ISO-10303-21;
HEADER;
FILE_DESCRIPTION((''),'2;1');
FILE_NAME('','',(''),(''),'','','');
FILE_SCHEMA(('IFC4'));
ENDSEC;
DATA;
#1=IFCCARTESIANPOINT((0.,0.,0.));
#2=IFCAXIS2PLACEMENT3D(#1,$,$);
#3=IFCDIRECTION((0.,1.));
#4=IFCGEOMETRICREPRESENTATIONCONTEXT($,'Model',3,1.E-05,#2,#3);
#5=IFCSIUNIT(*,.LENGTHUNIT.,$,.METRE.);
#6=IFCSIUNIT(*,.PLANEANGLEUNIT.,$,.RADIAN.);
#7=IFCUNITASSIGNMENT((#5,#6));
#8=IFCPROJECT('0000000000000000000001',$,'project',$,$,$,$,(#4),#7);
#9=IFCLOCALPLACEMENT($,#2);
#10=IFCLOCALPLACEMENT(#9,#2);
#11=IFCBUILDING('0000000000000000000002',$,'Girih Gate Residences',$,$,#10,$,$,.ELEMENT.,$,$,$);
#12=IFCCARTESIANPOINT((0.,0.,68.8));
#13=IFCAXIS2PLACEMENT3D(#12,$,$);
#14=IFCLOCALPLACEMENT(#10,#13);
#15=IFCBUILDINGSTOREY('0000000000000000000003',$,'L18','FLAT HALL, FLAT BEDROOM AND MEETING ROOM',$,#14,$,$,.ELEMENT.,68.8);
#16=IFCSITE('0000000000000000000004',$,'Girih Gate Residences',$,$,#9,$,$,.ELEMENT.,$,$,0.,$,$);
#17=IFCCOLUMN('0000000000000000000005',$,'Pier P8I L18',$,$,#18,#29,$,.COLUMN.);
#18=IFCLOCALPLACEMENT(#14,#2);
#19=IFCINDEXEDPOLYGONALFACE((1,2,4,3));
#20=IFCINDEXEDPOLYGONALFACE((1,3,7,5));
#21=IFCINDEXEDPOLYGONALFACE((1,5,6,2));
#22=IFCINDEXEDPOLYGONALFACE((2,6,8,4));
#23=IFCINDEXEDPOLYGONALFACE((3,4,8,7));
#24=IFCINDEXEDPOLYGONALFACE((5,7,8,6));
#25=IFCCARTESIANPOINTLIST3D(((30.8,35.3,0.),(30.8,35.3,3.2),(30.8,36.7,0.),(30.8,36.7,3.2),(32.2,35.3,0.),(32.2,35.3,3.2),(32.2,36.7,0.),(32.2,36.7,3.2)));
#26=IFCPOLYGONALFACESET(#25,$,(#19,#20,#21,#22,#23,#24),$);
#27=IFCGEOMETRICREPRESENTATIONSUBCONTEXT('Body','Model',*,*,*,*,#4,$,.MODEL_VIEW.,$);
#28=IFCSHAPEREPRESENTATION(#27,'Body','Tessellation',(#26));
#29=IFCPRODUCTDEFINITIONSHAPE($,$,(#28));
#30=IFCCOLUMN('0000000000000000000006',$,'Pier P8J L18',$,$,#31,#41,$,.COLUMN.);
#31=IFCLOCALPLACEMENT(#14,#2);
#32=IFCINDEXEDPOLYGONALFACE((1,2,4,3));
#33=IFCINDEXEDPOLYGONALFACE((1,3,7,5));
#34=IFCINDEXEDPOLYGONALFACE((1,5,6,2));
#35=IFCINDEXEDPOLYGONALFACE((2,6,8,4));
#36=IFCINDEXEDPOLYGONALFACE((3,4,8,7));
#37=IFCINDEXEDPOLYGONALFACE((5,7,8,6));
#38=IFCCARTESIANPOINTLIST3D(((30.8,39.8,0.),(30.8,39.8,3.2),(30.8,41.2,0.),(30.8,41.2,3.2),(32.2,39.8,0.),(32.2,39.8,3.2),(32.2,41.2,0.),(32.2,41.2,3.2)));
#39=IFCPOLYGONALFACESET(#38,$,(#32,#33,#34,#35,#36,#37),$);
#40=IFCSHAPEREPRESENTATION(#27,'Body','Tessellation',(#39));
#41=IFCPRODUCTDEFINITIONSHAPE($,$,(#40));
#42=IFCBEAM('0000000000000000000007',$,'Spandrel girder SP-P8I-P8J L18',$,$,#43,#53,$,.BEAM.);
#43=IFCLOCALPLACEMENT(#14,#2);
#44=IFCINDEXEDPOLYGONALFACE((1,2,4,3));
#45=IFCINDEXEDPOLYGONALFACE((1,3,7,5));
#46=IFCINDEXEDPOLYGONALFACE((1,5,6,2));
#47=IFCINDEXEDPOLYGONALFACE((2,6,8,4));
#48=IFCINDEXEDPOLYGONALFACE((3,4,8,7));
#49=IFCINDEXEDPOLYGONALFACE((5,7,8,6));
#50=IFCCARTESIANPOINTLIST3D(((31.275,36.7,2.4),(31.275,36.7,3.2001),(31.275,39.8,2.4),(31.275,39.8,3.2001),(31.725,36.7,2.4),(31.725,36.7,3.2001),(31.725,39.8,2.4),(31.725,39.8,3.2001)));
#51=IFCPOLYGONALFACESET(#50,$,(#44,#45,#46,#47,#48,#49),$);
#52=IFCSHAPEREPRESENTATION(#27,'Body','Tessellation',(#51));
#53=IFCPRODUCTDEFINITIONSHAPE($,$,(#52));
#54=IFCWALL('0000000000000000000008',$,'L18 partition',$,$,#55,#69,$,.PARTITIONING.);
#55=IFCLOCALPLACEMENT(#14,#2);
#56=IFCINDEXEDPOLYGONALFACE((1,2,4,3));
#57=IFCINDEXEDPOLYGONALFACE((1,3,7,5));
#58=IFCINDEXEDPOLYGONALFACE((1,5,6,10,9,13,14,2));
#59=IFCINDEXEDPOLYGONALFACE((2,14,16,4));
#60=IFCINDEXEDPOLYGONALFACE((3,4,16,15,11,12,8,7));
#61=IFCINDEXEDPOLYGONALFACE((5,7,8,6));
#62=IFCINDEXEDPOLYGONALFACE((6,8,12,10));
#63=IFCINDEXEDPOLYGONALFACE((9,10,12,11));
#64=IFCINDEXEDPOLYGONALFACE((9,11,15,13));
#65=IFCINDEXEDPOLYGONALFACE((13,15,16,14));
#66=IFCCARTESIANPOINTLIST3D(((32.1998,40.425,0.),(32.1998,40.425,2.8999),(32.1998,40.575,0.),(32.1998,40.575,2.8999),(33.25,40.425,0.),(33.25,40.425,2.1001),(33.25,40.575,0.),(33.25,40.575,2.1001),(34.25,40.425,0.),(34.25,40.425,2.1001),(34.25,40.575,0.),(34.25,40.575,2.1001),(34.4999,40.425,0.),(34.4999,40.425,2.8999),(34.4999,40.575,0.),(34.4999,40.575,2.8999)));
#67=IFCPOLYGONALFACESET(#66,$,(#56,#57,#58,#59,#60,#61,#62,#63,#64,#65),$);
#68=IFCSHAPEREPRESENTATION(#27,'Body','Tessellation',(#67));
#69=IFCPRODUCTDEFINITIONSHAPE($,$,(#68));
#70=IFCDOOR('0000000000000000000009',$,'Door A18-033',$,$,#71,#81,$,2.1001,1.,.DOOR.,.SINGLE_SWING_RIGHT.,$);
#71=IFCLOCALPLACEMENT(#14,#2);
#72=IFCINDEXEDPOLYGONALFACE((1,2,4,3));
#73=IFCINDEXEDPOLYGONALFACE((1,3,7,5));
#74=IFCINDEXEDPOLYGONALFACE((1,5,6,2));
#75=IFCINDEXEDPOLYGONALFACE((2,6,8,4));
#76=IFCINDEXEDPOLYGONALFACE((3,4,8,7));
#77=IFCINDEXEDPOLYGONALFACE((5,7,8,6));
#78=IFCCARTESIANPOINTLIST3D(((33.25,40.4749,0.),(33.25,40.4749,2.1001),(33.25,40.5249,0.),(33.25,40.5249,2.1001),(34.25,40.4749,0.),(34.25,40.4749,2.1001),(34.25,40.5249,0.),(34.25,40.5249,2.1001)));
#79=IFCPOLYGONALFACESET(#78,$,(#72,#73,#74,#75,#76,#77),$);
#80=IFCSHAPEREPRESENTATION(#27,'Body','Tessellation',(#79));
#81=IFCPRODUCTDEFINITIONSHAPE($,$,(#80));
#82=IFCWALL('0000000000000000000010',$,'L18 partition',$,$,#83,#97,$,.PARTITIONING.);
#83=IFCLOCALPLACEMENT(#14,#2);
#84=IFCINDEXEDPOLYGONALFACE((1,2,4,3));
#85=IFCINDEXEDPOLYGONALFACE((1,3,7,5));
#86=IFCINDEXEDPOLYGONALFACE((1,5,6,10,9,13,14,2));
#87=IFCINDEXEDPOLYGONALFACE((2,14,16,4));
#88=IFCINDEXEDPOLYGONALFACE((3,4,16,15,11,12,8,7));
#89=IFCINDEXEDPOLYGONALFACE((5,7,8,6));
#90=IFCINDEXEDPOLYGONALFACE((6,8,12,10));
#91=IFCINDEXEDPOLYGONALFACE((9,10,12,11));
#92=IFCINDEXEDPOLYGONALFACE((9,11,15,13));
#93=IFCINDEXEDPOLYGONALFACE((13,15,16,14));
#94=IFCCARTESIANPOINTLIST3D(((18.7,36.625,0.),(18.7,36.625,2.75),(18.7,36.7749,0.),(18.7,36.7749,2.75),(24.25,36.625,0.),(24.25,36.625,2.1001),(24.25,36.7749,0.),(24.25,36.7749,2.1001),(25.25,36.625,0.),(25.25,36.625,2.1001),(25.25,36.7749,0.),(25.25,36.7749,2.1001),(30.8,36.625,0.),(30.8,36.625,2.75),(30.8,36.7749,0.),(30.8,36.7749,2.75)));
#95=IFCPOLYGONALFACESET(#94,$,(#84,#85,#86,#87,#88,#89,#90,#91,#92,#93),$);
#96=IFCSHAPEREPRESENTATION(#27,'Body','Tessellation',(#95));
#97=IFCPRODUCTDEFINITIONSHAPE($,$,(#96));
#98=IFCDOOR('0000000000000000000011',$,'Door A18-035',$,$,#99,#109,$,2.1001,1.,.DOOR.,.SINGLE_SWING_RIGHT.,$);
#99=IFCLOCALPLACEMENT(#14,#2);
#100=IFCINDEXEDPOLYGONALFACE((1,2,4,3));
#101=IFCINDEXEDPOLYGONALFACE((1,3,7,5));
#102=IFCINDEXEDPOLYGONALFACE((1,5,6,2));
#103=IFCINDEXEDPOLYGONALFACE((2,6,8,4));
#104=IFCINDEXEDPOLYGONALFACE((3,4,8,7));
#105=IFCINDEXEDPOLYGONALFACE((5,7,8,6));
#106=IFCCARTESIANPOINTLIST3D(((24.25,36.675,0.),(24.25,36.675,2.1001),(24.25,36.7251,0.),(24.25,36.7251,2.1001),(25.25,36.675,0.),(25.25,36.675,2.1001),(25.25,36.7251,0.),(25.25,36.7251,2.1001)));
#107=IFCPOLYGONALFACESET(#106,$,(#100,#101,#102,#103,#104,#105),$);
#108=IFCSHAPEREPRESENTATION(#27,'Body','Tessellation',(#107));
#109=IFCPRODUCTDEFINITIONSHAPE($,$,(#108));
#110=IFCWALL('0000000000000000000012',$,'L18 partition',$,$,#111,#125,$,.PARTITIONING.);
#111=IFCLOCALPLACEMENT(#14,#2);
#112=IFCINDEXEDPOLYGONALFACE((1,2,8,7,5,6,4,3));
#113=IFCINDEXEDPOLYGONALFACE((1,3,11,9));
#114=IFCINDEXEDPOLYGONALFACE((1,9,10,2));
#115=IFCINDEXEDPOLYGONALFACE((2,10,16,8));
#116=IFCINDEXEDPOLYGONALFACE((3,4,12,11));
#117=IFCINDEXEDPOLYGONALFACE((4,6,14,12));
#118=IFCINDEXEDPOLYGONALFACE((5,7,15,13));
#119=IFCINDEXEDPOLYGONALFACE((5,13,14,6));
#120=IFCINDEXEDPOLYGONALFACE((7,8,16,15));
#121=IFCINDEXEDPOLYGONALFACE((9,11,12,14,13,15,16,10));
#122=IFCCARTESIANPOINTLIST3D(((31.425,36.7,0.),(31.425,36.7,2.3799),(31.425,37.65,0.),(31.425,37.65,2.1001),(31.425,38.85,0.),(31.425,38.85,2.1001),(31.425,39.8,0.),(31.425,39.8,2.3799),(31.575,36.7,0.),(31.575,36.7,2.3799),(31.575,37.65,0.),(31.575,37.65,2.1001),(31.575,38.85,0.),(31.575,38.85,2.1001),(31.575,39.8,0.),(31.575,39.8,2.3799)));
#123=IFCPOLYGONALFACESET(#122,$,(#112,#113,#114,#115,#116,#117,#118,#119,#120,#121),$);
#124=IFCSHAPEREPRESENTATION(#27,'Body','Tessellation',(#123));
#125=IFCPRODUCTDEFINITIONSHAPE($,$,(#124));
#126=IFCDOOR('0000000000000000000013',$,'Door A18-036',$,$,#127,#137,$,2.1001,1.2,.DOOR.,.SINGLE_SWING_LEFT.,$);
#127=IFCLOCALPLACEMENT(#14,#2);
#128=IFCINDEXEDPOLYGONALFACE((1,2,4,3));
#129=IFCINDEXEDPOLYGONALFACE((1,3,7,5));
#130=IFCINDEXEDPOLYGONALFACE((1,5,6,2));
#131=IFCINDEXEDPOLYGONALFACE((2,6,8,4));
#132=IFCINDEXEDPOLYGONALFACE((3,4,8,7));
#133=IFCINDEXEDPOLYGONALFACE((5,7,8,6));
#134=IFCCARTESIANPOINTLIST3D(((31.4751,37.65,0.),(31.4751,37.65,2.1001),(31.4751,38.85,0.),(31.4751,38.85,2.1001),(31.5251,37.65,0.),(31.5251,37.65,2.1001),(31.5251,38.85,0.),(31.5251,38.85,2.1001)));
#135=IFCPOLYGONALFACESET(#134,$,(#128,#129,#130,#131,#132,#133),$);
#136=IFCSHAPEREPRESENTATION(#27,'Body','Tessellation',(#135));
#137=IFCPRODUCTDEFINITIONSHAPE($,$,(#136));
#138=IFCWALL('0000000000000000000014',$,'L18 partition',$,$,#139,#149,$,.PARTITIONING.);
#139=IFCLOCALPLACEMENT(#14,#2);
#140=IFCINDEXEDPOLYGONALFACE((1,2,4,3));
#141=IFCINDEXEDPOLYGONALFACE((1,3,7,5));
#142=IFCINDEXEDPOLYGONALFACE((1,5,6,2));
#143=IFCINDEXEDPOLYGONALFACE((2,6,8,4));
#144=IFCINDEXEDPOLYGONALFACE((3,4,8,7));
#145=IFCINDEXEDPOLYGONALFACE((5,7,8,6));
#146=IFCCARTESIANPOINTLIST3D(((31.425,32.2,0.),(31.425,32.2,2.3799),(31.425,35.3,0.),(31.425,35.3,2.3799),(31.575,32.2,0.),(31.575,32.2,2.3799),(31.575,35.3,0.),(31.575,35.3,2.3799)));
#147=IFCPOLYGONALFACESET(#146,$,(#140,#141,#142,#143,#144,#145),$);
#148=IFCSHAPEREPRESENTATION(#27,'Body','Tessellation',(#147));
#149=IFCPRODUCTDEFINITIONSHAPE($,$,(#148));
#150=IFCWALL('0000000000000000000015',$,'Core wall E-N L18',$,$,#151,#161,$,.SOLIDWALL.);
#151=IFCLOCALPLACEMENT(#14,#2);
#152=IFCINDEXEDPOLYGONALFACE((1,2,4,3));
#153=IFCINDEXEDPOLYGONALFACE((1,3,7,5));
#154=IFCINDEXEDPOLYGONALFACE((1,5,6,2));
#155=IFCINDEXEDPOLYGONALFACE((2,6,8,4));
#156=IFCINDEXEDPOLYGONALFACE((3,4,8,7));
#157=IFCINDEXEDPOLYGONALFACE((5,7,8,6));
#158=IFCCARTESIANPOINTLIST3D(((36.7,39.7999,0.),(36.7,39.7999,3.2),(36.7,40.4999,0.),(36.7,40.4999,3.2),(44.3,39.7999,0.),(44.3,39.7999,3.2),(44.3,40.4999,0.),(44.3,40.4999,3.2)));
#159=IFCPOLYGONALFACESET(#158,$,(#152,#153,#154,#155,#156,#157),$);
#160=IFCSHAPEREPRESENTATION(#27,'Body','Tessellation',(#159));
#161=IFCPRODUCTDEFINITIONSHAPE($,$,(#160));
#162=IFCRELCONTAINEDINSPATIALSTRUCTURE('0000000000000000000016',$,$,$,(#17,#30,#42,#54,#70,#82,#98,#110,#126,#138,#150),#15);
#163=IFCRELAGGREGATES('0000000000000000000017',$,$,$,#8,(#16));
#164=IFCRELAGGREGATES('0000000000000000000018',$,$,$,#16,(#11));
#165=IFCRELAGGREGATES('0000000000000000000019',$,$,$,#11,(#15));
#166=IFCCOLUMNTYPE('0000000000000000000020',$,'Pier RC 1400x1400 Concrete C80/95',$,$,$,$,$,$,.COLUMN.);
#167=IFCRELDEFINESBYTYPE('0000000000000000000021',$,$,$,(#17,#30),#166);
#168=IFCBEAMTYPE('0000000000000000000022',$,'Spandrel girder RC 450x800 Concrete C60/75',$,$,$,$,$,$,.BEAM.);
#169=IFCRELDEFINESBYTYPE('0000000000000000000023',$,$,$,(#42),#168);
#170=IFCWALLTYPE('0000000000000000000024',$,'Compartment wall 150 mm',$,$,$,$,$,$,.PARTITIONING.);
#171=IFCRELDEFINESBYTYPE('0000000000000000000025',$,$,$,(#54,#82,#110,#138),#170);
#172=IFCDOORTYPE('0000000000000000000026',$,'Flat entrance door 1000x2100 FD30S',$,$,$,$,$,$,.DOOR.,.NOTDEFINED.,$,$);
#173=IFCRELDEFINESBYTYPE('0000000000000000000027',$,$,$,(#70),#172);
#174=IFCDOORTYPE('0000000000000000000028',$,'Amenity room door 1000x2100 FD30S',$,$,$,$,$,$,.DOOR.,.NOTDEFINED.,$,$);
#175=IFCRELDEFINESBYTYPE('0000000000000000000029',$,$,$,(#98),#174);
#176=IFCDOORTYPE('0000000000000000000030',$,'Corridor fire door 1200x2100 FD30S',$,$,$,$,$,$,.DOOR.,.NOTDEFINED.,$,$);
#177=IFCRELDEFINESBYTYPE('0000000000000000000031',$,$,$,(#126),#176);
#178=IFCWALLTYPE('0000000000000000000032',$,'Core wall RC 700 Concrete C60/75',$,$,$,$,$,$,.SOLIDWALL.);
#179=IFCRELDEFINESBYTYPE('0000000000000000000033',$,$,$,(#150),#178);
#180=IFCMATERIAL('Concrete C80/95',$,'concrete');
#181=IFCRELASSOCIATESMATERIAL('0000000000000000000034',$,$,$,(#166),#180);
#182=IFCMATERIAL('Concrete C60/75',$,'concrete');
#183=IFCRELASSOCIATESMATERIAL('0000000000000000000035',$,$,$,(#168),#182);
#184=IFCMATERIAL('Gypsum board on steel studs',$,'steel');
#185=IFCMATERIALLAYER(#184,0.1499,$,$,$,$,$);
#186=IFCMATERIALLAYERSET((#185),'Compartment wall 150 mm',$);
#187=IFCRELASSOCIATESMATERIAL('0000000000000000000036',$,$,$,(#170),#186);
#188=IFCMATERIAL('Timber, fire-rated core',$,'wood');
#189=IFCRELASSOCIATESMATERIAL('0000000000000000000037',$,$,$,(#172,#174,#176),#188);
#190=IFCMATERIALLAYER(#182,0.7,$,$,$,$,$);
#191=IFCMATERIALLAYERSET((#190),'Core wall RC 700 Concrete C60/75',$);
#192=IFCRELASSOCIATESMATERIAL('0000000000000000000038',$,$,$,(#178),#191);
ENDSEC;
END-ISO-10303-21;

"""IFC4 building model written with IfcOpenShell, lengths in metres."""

from ifc_helpers import new_model, si_unit, direction, frame, frame_2d, origin, origin_2d, place, context, subcontext, project, spatial, rectangle, extrude, material, layer, layer_set, material_profile, profile_set, type_object, element, fill, save


model = new_model("IFC4")

# Units and contexts
model_context = context("Model", 3, precision=1e-05, world=origin(), true_north=direction((0.0, 1.0)))
body_context = subcontext(model_context, "Body", "Model", "MODEL_VIEW")
ifc_project = project(units=[si_unit("LENGTHUNIT", "METRE"), si_unit("PLANEANGLEUNIT", "RADIAN")], contexts=[model_context])

# Site, building, storey
site_placement = place(None, origin())
site = spatial("IfcSite", under=ifc_project, at=site_placement, Name="Girih Gate Residences", CompositionType="ELEMENT", RefElevation=0.0)
building_placement = place(site_placement, origin())
building = spatial("IfcBuilding", under=site, at=building_placement, Name="Girih Gate Residences", CompositionType="ELEMENT")
storey_placement = place(building_placement, frame((0.0, 0.0, 68.8)))
storey = spatial("IfcBuildingStorey", under=building, at=storey_placement, Name="L18", Description="FLAT HALL, FLAT BEDROOM AND MEETING ROOM", CompositionType="ELEMENT", Elevation=68.8)

# Columns
ifc_material_1 = material(Name="Concrete C80/95", Category="concrete")
ifc_material_profile_1 = material_profile(ifc_material_1, rectangle(XDim=1.3999, YDim=1.3999, at=origin_2d()))
ifc_profile_set_1 = profile_set([ifc_material_profile_1], Name="Concrete C80/95")
column_type = type_object("IfcColumnType", Name="Pier RC 1400x1400 Concrete C80/95", PredefinedType="COLUMN", material=ifc_profile_set_1)
for number, where, z_axis, x_axis, name in (
    (1, (31.5, 36.0, 0.0), (0.0, 0.0, 1.0), (1.0, 0.0, 0.0), "Pier P8I L18"),
    (2, (31.5, 40.5, 0.0), (0.0, 0.0, 1.0), (1.0, 0.0, 0.0), "Pier P8J L18"),
):
    element("IfcColumn", number, at=place(storey_placement, frame(where, z_axis=z_axis, x_axis=x_axis)), inside=storey, type_object=column_type, Name=name, PredefinedType="COLUMN", context=body_context, shape_type="SweptSolid", body=[
        extrude(rectangle(XDim=1.3999, YDim=1.3999, at=origin_2d()), origin(), (0.0, 0.0, 1.0), 3.2),
    ])

# Beam
ifc_material_2 = material(Name="Concrete C60/75", Category="concrete")
ifc_material_profile_2 = material_profile(ifc_material_2, rectangle(XDim=0.45, YDim=0.8, at=origin_2d()))
ifc_profile_set_2 = profile_set([ifc_material_profile_2], Name="Concrete C60/75")
beam_type = type_object("IfcBeamType", Name="Spandrel girder RC 450x800 Concrete C60/75", PredefinedType="BEAM", material=ifc_profile_set_2)
beam_placement = place(storey_placement, frame((31.5, 36.7, 2.8), z_axis=(0.0, 1.0, 0.0), x_axis=(-1.0, 0.0, 0.0)))
element("IfcBeam", 3, at=beam_placement, inside=storey, type_object=beam_type, Name="Spandrel girder SP-P8I-P8J L18", PredefinedType="BEAM", context=body_context, shape_type="SweptSolid", body=[
    extrude(rectangle(XDim=0.45, YDim=0.8, at=origin_2d()), origin(), (0.0, 0.0, 1.0), 3.1001),
])

# Walls, openings, doors
ifc_material_3 = material(Name="Gypsum board on steel studs", Category="steel")
ifc_layer_1 = layer(ifc_material_3, 0.1499)
ifc_layer_set_1 = layer_set([ifc_layer_1], Name="Compartment wall 150 mm")
wall_type_1 = type_object("IfcWallType", Name="Compartment wall 150 mm", PredefinedType="PARTITIONING", material=ifc_layer_set_1)
wall_1_placement = place(storey_placement, frame((32.2, 40.5, 0.0), z_axis=(0.0, 0.0, 1.0), x_axis=(1.0, 0.0, 0.0)))
wall_1 = element("IfcWall", 4, at=wall_1_placement, inside=storey, type_object=wall_type_1, Name="L18 partition", PredefinedType="PARTITIONING", context=body_context, shape_type="SweptSolid", body=[
    extrude(rectangle(XDim=2.3, YDim=0.1499, at=frame_2d((1.1499, 0.0))), origin(), (0.0, 0.0, 1.0), 2.8999),
])
opening_1_placement = place(wall_1_placement, frame((1.05, 0.0, 0.0)))
opening_1 = element("IfcOpeningElement", 5, at=opening_1_placement, cuts=wall_1, PredefinedType="OPENING", context=body_context, shape_type="SweptSolid", body=[
    extrude(rectangle(XDim=1.0, YDim=2.1001, at=frame_2d((0.5, 1.05))), frame((0.0, 0.085, 0.0), z_axis=(0.0, -1.0, 0.0), x_axis=(1.0, 0.0, 0.0)), (0.0, 0.0, 1.0), 0.1699),
])
ifc_material_4 = material(Name="Timber, fire-rated core", Category="wood")
door_type_1 = type_object("IfcDoorType", Name="Flat entrance door 1000x2100 FD30S", OperationType="NOTDEFINED", PredefinedType="DOOR", material=ifc_material_4)
door_1_placement = place(opening_1_placement, origin())
door_1 = element("IfcDoor", 6, at=door_1_placement, inside=storey, type_object=door_type_1, Name="Door A18-033", OperationType="SINGLE_SWING_RIGHT", OverallHeight=2.1001, OverallWidth=1.0, PredefinedType="DOOR", context=body_context, shape_type="SweptSolid", body=[
    extrude(rectangle(XDim=1.0, YDim=2.1001, at=frame_2d((0.5, 1.05))), frame((0.0, 0.0249, 0.0), z_axis=(0.0, -1.0, 0.0), x_axis=(1.0, 0.0, 0.0)), (0.0, 0.0, 1.0), 0.05),
])
fill(opening_1, door_1)
wall_2_placement = place(storey_placement, frame((30.8, 36.7, 0.0), z_axis=(0.0, 0.0, 1.0), x_axis=(-1.0, 0.0, 0.0)))
wall_2 = element("IfcWall", 7, at=wall_2_placement, inside=storey, type_object=wall_type_1, Name="L18 partition", PredefinedType="PARTITIONING", context=body_context, shape_type="SweptSolid", body=[
    extrude(rectangle(XDim=12.1001, YDim=0.1499, at=frame_2d((6.05, 0.0))), origin(), (0.0, 0.0, 1.0), 2.75),
])
opening_2_placement = place(wall_2_placement, frame((5.55, 0.0, 0.0)))
opening_2 = element("IfcOpeningElement", 8, at=opening_2_placement, cuts=wall_2, PredefinedType="OPENING", context=body_context, shape_type="SweptSolid", body=[
    extrude(rectangle(XDim=1.0, YDim=2.1001, at=frame_2d((0.5, 1.05))), frame((0.0, 0.085, 0.0), z_axis=(0.0, -1.0, 0.0), x_axis=(1.0, 0.0, 0.0)), (0.0, 0.0, 1.0), 0.1699),
])
door_type_2 = type_object("IfcDoorType", Name="Amenity room door 1000x2100 FD30S", OperationType="NOTDEFINED", PredefinedType="DOOR", material=ifc_material_4)
door_2_placement = place(opening_2_placement, origin())
door_2 = element("IfcDoor", 9, at=door_2_placement, inside=storey, type_object=door_type_2, Name="Door A18-035", OperationType="SINGLE_SWING_RIGHT", OverallHeight=2.1001, OverallWidth=1.0, PredefinedType="DOOR", context=body_context, shape_type="SweptSolid", body=[
    extrude(rectangle(XDim=1.0, YDim=2.1001, at=frame_2d((0.5, 1.05))), frame((0.0, 0.0249, 0.0), z_axis=(0.0, -1.0, 0.0), x_axis=(1.0, 0.0, 0.0)), (0.0, 0.0, 1.0), 0.05),
])
fill(opening_2, door_2)
wall_3_placement = place(storey_placement, frame((31.5, 36.7, 0.0), z_axis=(0.0, 0.0, 1.0), x_axis=(0.0, 1.0, 0.0)))
wall_3 = element("IfcWall", 10, at=wall_3_placement, inside=storey, type_object=wall_type_1, Name="L18 partition", PredefinedType="PARTITIONING", context=body_context, shape_type="SweptSolid", body=[
    extrude(rectangle(XDim=3.1001, YDim=0.1499, at=frame_2d((1.55, 0.0))), origin(), (0.0, 0.0, 1.0), 2.3799),
])
opening_3_placement = place(wall_3_placement, frame((0.95, 0.0, 0.0)))
opening_3 = element("IfcOpeningElement", 11, at=opening_3_placement, cuts=wall_3, PredefinedType="OPENING", context=body_context, shape_type="SweptSolid", body=[
    extrude(rectangle(XDim=1.2, YDim=2.1001, at=frame_2d((0.6001, 1.05))), frame((0.0, 0.085, 0.0), z_axis=(0.0, -1.0, 0.0), x_axis=(1.0, 0.0, 0.0)), (0.0, 0.0, 1.0), 0.1699),
])
door_type_3 = type_object("IfcDoorType", Name="Corridor fire door 1200x2100 FD30S", OperationType="NOTDEFINED", PredefinedType="DOOR", material=ifc_material_4)
door_3_placement = place(opening_3_placement, origin())
door_3 = element("IfcDoor", 12, at=door_3_placement, inside=storey, type_object=door_type_3, Name="Door A18-036", OperationType="SINGLE_SWING_LEFT", OverallHeight=2.1001, OverallWidth=1.2, PredefinedType="DOOR", context=body_context, shape_type="SweptSolid", body=[
    extrude(rectangle(XDim=1.2, YDim=2.1001, at=frame_2d((0.6001, 1.05))), frame((0.0, 0.0249, 0.0), z_axis=(0.0, -1.0, 0.0), x_axis=(1.0, 0.0, 0.0)), (0.0, 0.0, 1.0), 0.05),
])
fill(opening_3, door_3)

# Walls
wall_4_placement = place(storey_placement, frame((31.5, 32.2, 0.0), z_axis=(0.0, 0.0, 1.0), x_axis=(0.0, 1.0, 0.0)))
element("IfcWall", 13, at=wall_4_placement, inside=storey, type_object=wall_type_1, Name="L18 partition", PredefinedType="PARTITIONING", context=body_context, shape_type="SweptSolid", body=[
    extrude(rectangle(XDim=3.1001, YDim=0.1499, at=frame_2d((1.55, 0.0))), origin(), (0.0, 0.0, 1.0), 2.3799),
])
ifc_layer_2 = layer(ifc_material_2, 0.7)
ifc_layer_set_2 = layer_set([ifc_layer_2], Name="Core wall RC 700 Concrete C60/75")
wall_type_2 = type_object("IfcWallType", Name="Core wall RC 700 Concrete C60/75", PredefinedType="SOLIDWALL", material=ifc_layer_set_2)
wall_5_placement = place(storey_placement, frame((36.7, 40.1499, 0.0), z_axis=(0.0, 0.0, 1.0), x_axis=(1.0, 0.0, 0.0)))
element("IfcWall", 14, at=wall_5_placement, inside=storey, type_object=wall_type_2, Name="Core wall E-N L18", PredefinedType="SOLIDWALL", context=body_context, shape_type="SweptSolid", body=[
    extrude(rectangle(XDim=7.6001, YDim=0.7, at=frame_2d((3.8, 0.0))), origin(), (0.0, 0.0, 1.0), 3.2),
])

save(model, "model.ifc")
